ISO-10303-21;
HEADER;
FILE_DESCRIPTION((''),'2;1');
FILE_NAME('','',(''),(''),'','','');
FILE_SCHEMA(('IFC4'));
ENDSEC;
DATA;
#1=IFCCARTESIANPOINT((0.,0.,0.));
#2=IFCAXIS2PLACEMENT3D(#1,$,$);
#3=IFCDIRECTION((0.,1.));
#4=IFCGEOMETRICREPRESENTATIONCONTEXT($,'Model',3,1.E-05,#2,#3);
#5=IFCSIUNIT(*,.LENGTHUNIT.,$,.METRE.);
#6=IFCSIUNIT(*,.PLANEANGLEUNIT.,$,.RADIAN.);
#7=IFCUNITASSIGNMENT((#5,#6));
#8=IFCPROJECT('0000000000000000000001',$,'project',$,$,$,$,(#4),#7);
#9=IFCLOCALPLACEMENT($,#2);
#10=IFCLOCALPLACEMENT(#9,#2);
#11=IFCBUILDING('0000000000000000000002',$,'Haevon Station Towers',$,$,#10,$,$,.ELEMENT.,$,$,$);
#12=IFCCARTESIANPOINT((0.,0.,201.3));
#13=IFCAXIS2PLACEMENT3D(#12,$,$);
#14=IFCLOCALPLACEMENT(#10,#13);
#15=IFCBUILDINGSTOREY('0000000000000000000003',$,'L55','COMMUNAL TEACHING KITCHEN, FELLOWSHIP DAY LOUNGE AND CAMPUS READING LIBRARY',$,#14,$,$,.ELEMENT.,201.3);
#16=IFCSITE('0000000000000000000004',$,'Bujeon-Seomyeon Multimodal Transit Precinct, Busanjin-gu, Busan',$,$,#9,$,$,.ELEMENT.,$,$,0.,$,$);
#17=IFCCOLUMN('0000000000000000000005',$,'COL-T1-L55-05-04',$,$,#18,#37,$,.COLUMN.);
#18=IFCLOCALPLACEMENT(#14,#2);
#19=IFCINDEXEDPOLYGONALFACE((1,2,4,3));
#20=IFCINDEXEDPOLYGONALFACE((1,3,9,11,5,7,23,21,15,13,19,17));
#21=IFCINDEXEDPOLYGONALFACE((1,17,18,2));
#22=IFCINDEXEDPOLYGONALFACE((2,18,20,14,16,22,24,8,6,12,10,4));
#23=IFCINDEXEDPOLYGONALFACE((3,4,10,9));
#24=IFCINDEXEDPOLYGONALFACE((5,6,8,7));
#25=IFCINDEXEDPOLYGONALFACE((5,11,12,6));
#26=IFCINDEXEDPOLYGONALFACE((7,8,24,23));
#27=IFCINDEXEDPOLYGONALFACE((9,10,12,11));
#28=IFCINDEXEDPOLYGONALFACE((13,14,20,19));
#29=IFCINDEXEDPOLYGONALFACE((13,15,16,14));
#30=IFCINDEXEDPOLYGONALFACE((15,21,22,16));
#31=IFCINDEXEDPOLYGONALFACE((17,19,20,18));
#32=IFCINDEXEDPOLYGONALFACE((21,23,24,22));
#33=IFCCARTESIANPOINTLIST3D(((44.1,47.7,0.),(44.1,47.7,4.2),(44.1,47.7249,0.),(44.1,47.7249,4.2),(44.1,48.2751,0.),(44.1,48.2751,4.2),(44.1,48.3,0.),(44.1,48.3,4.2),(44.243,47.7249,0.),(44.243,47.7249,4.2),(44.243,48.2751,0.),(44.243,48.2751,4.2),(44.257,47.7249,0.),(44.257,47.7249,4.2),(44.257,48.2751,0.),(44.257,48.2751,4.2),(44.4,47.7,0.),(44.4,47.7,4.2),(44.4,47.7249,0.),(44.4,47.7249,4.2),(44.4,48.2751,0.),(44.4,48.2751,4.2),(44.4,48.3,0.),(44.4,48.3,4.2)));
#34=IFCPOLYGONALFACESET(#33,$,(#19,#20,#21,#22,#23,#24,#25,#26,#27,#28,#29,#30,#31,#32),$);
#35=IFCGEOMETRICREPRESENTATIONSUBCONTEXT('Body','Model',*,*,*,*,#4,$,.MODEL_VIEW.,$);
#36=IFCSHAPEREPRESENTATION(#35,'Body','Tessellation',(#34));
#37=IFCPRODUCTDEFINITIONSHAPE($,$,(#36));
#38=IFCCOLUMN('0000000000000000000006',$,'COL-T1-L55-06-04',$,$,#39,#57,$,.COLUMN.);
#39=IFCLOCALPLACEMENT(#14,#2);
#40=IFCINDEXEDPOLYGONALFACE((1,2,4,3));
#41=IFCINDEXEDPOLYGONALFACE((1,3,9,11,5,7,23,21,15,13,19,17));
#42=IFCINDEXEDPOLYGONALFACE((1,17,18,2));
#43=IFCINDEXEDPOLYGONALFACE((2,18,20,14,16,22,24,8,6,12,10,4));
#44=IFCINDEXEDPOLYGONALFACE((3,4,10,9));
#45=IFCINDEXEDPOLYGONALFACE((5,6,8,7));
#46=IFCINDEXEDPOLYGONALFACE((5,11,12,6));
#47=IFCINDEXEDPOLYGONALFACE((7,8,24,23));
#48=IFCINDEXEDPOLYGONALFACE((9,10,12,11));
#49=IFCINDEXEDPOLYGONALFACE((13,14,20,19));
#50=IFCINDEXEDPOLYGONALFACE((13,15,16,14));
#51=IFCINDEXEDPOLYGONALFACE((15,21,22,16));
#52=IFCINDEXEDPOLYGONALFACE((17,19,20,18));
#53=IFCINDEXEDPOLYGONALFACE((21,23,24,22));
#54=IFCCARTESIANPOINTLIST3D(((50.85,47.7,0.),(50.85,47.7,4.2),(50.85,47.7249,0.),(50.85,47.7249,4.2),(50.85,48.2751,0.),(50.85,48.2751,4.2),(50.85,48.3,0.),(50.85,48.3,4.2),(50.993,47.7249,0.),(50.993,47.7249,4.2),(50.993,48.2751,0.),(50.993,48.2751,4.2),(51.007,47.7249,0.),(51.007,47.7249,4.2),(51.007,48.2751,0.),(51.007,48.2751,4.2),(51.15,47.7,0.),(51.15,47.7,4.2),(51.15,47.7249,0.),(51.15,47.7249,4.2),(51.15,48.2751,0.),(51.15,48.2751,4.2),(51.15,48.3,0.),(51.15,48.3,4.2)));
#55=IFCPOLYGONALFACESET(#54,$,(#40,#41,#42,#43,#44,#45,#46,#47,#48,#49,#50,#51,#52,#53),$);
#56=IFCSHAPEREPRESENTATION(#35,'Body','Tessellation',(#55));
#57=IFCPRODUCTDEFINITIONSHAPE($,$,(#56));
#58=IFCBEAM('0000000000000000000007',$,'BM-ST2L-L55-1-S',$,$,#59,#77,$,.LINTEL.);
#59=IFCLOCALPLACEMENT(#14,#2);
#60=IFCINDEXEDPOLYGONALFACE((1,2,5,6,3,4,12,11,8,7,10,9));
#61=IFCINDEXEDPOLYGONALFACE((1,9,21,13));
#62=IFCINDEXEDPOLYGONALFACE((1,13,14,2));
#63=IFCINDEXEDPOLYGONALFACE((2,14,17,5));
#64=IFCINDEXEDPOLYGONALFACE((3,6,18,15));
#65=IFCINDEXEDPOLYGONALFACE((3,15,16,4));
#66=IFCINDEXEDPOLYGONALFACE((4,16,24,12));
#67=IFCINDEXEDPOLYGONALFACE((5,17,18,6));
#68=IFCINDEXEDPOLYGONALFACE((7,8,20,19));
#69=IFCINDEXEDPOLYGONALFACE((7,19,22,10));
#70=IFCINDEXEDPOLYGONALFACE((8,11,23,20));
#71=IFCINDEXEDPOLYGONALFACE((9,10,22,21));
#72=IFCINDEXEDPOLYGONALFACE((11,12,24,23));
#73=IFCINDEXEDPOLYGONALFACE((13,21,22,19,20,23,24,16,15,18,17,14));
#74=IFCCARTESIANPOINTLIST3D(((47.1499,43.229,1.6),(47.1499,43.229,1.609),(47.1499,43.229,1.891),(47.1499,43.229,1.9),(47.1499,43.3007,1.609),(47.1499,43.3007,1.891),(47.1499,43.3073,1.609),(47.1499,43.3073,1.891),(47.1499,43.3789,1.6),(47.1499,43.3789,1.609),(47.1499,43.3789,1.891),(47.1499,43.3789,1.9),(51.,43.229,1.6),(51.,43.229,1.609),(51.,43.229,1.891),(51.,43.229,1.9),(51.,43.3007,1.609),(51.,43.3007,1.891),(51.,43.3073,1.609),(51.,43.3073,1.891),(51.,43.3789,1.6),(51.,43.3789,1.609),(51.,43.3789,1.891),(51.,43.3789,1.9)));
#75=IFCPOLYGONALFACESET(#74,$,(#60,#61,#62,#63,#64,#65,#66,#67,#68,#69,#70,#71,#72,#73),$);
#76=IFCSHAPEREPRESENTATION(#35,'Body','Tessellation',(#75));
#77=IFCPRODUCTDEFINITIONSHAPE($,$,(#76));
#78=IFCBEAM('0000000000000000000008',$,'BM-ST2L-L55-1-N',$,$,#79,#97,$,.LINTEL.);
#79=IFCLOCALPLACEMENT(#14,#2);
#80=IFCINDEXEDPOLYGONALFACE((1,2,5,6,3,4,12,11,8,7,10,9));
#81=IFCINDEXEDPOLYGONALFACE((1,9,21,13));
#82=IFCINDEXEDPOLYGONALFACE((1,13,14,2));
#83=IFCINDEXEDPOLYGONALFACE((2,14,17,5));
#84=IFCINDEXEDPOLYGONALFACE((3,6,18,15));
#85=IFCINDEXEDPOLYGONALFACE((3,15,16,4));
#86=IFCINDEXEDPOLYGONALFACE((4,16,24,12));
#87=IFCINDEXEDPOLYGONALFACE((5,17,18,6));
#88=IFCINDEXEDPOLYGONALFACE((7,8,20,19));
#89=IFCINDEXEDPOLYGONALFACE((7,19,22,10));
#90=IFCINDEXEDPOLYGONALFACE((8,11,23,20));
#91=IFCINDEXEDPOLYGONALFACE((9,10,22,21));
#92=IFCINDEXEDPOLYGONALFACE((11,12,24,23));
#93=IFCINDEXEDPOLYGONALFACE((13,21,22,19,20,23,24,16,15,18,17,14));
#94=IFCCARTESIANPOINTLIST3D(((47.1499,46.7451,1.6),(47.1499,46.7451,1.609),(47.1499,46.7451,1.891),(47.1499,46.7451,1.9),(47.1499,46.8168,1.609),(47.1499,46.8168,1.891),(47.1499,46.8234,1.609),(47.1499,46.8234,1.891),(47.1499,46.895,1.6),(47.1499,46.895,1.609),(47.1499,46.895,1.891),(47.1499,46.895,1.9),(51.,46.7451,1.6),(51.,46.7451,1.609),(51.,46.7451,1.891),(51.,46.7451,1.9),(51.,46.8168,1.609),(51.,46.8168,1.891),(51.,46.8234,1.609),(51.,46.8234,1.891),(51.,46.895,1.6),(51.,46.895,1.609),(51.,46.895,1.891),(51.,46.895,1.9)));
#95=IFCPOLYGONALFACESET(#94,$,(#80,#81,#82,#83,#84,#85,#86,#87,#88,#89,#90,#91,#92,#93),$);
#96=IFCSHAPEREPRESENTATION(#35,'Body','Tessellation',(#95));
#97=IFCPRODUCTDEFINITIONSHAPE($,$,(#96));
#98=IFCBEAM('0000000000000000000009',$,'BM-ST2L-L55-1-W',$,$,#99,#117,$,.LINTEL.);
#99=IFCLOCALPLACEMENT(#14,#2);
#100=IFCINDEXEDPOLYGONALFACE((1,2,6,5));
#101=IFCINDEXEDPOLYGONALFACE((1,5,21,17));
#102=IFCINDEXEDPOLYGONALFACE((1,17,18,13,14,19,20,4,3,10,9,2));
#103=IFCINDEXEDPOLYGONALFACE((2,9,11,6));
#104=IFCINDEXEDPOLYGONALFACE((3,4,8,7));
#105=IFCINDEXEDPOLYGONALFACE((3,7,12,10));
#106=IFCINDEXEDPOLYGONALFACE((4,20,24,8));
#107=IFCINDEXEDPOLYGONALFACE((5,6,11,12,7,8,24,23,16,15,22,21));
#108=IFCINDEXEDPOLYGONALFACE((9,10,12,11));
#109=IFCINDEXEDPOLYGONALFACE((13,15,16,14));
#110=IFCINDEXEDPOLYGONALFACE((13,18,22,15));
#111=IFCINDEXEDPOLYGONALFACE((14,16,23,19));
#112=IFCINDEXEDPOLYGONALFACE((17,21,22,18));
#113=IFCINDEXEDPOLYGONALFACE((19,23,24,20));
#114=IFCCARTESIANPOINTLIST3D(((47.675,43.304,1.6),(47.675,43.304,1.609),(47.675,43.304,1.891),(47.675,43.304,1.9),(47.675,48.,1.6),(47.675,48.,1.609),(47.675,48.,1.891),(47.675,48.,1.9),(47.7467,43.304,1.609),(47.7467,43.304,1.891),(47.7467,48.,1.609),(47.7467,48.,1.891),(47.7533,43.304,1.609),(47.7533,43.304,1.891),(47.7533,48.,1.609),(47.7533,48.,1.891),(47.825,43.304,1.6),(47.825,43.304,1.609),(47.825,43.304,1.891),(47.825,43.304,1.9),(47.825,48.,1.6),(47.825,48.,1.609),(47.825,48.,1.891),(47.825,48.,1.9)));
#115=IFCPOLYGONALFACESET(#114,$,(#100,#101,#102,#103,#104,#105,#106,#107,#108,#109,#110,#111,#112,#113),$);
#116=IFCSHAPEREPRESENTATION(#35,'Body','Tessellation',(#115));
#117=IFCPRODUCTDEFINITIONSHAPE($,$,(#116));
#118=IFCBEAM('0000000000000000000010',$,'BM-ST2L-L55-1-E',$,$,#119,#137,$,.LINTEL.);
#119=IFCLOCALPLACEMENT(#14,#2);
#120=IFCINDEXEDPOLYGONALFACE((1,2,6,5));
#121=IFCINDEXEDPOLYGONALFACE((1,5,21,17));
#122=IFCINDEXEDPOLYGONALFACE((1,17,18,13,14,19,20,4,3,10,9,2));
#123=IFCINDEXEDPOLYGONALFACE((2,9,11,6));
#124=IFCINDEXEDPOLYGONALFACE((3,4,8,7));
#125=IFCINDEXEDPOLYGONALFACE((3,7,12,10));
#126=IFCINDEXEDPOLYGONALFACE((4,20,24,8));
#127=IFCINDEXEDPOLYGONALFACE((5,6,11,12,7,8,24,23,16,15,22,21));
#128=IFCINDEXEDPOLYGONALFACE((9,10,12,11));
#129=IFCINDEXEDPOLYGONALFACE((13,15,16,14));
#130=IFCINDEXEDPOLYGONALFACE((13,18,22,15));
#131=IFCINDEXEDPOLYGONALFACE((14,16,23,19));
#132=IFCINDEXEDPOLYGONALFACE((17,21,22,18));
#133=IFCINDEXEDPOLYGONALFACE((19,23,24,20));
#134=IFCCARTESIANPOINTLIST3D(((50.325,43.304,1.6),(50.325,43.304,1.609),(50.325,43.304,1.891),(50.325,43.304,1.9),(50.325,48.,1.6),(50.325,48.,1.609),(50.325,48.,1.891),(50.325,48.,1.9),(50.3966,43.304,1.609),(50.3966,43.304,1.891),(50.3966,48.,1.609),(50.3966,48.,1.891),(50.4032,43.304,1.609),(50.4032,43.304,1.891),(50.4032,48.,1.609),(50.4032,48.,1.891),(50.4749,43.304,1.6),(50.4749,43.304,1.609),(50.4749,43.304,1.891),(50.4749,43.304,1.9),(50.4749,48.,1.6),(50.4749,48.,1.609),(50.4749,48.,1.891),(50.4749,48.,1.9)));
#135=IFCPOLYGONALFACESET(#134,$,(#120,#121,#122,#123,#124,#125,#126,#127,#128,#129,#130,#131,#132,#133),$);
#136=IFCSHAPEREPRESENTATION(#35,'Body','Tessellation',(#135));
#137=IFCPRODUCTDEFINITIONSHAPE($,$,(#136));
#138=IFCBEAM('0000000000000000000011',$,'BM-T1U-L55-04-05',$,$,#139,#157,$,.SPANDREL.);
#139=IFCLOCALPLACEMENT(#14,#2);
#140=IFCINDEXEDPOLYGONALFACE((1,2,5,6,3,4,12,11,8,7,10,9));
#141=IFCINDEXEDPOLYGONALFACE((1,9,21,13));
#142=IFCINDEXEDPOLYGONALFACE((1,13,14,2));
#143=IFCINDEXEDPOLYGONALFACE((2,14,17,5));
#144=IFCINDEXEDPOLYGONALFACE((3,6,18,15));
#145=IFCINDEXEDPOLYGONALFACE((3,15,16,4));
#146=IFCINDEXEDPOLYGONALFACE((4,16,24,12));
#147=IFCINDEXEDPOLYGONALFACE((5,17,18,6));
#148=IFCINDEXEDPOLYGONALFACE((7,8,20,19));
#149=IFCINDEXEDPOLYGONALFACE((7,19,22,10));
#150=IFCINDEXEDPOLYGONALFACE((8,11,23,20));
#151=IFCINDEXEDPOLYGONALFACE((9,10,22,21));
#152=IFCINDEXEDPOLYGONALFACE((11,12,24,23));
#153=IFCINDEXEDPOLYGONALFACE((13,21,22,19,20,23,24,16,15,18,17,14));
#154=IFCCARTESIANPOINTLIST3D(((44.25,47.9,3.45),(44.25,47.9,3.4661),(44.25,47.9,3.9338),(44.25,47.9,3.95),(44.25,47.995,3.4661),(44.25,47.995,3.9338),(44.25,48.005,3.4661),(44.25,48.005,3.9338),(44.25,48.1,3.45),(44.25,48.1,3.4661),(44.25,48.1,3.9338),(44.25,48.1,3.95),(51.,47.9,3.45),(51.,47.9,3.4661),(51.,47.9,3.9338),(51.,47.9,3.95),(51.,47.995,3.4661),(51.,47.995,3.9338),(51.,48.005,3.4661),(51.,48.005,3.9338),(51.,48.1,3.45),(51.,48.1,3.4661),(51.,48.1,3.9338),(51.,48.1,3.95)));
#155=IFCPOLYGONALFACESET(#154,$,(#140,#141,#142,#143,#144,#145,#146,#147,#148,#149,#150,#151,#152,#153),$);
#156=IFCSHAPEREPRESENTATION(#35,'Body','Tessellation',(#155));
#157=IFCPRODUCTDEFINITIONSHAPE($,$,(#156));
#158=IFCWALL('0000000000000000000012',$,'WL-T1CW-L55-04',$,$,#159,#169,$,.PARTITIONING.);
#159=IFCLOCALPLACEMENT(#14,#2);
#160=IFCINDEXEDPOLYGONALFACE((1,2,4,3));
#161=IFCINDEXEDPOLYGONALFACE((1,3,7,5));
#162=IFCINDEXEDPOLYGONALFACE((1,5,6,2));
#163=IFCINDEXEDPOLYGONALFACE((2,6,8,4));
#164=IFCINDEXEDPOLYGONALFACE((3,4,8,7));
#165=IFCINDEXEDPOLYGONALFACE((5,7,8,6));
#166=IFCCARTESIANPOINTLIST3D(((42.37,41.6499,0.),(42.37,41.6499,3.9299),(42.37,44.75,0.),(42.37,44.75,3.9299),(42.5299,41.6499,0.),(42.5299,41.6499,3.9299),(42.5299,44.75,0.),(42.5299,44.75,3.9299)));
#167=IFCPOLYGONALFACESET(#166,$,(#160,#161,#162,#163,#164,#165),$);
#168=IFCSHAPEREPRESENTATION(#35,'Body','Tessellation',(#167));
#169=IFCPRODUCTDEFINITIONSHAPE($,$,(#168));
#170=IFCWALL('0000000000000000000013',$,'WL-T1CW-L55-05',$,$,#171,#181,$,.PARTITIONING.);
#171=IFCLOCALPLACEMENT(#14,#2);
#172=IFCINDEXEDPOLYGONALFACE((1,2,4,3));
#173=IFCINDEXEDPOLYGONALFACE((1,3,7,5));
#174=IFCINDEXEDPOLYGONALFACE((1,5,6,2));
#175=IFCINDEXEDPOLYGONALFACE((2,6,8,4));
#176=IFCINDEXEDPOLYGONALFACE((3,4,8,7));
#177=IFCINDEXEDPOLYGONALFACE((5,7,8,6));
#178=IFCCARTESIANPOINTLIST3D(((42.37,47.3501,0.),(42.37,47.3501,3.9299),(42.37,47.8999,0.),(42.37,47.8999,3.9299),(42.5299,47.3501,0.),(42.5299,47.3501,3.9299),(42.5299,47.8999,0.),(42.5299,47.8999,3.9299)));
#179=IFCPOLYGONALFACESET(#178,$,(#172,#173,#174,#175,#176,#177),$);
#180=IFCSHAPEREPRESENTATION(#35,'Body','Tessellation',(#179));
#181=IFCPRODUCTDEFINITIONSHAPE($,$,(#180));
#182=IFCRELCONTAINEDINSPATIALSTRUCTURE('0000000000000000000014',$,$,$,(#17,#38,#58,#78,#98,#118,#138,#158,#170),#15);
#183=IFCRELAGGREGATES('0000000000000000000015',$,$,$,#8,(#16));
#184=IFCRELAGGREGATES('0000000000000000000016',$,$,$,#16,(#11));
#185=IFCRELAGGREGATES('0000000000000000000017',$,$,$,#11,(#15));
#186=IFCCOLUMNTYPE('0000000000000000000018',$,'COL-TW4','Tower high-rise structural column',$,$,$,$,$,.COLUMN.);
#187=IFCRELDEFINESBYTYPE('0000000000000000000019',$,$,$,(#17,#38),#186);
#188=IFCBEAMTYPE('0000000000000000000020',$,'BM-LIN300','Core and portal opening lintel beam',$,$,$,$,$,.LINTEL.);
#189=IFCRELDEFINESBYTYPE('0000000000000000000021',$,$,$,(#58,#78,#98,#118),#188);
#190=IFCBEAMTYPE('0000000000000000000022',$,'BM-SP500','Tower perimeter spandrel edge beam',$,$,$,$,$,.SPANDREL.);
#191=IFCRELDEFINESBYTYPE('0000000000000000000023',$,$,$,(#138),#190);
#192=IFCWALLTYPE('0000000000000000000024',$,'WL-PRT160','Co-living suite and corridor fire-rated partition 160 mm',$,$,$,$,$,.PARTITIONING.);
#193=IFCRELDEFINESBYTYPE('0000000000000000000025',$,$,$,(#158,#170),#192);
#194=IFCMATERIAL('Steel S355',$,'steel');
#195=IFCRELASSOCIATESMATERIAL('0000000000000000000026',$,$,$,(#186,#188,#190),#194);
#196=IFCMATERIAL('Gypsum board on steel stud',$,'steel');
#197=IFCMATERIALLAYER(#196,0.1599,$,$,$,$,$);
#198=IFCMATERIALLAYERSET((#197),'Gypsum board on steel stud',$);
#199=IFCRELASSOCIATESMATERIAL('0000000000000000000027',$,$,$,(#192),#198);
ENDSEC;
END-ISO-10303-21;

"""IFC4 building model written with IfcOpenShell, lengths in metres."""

from ifc_helpers import new_model, si_unit, direction, frame, frame_2d, origin, origin_2d, place, context, subcontext, project, spatial, rectangle, i_section, extrude, material, layer, layer_set, material_profile, profile_set, type_object, element, save


model = new_model("IFC4")

# Units and contexts
model_context = context("Model", 3, precision=1e-05, world=origin(), true_north=direction((0.0, 1.0)))
body_context = subcontext(model_context, "Body", "Model", "MODEL_VIEW")
ifc_project = project(units=[si_unit("LENGTHUNIT", "METRE"), si_unit("PLANEANGLEUNIT", "RADIAN")], contexts=[model_context])

# Site, building, storey
site_placement = place(None, origin())
site = spatial("IfcSite", under=ifc_project, at=site_placement, Name="Bujeon-Seomyeon Multimodal Transit Precinct, Busanjin-gu, Busan", CompositionType="ELEMENT", RefElevation=0.0)
building_placement = place(site_placement, origin())
building = spatial("IfcBuilding", under=site, at=building_placement, Name="Haevon Station Towers", CompositionType="ELEMENT")
storey_placement = place(building_placement, frame((0.0, 0.0, 201.3)))
storey = spatial("IfcBuildingStorey", under=building, at=storey_placement, Name="L55", Description="COMMUNAL TEACHING KITCHEN, FELLOWSHIP DAY LOUNGE AND CAMPUS READING LIBRARY", CompositionType="ELEMENT", Elevation=201.3)

# Columns
ifc_material_1 = material(Name="Steel S355", Category="steel")
ifc_material_profile_1 = material_profile(ifc_material_1, i_section(OverallWidth=0.3, OverallDepth=0.6001, WebThickness=0.0139, FlangeThickness=0.0249, at=origin_2d()), Name="H-600x300x14x25")
ifc_profile_set_1 = profile_set([ifc_material_profile_1], Name="Steel S355")
column_type = type_object("IfcColumnType", Name="COL-TW4", Description="Tower high-rise structural column", PredefinedType="COLUMN", material=ifc_profile_set_1)
for number, where, z_axis, x_axis, name in (
    (1, (44.25, 48.0, 0.0), (0.0, 0.0, 1.0), (1.0, 0.0, 0.0), "COL-T1-L55-05-04"),
    (2, (51.0, 48.0, 0.0), (0.0, 0.0, 1.0), (1.0, 0.0, 0.0), "COL-T1-L55-06-04"),
):
    element("IfcColumn", number, at=place(storey_placement, frame(where, z_axis=z_axis, x_axis=x_axis)), inside=storey, type_object=column_type, Name=name, PredefinedType="COLUMN", context=body_context, shape_type="SweptSolid", body=[
        extrude(i_section(OverallWidth=0.3, OverallDepth=0.6001, WebThickness=0.0139, FlangeThickness=0.0249, at=origin_2d()), origin(), (0.0, 0.0, 1.0), 4.2),
    ])

# Beams
ifc_material_profile_2 = material_profile(ifc_material_1, i_section(OverallWidth=0.1499, OverallDepth=0.3, WebThickness=0.0066, FlangeThickness=0.009, at=origin_2d()), Name="H-300x150x6.5x9")
ifc_profile_set_2 = profile_set([ifc_material_profile_2], Name="Steel S355")
beam_type_1 = type_object("IfcBeamType", Name="BM-LIN300", Description="Core and portal opening lintel beam", PredefinedType="LINTEL", material=ifc_profile_set_2)
for number, where, z_axis, x_axis, name in (
    (3, (47.1499, 43.304, 1.75), (1.0, 0.0, 0.0), (0.0, 1.0, 0.0), "BM-ST2L-L55-1-S"),
    (4, (47.1499, 46.8201, 1.75), (1.0, 0.0, 0.0), (0.0, 1.0, 0.0), "BM-ST2L-L55-1-N"),
):
    element("IfcBeam", number, at=place(storey_placement, frame(where, z_axis=z_axis, x_axis=x_axis)), inside=storey, type_object=beam_type_1, Name=name, PredefinedType="LINTEL", context=body_context, shape_type="SweptSolid", body=[
        extrude(i_section(OverallWidth=0.1499, OverallDepth=0.3, WebThickness=0.0066, FlangeThickness=0.009, at=origin_2d()), origin(), (0.0, 0.0, 1.0), 3.8501),
    ])
for number, where, z_axis, x_axis, name in (
    (5, (47.75, 43.304, 1.75), (0.0, 1.0, 0.0), (-1.0, 0.0, 0.0), "BM-ST2L-L55-1-W"),
    (6, (50.3999, 43.304, 1.75), (0.0, 1.0, 0.0), (-1.0, 0.0, 0.0), "BM-ST2L-L55-1-E"),
):
    element("IfcBeam", number, at=place(storey_placement, frame(where, z_axis=z_axis, x_axis=x_axis)), inside=storey, type_object=beam_type_1, Name=name, PredefinedType="LINTEL", context=body_context, shape_type="SweptSolid", body=[
        extrude(i_section(OverallWidth=0.1499, OverallDepth=0.3, WebThickness=0.0066, FlangeThickness=0.009, at=origin_2d()), origin(), (0.0, 0.0, 1.0), 4.696),
    ])
ifc_material_profile_3 = material_profile(ifc_material_1, i_section(OverallWidth=0.2, OverallDepth=0.5, WebThickness=0.01, FlangeThickness=0.0161, at=origin_2d()), Name="H-500x200x10x16")
ifc_profile_set_3 = profile_set([ifc_material_profile_3], Name="Steel S355")
beam_type_2 = type_object("IfcBeamType", Name="BM-SP500", Description="Tower perimeter spandrel edge beam", PredefinedType="SPANDREL", material=ifc_profile_set_3)
beam_placement = place(storey_placement, frame((44.25, 48.0, 3.7), z_axis=(1.0, 0.0, 0.0), x_axis=(0.0, 1.0, 0.0)))
element("IfcBeam", 7, at=beam_placement, inside=storey, type_object=beam_type_2, Name="BM-T1U-L55-04-05", PredefinedType="SPANDREL", context=body_context, shape_type="SweptSolid", body=[
    extrude(i_section(OverallWidth=0.2, OverallDepth=0.5, WebThickness=0.01, FlangeThickness=0.0161, at=origin_2d()), origin(), (0.0, 0.0, 1.0), 6.75),
])

# Walls
ifc_material_2 = material(Name="Gypsum board on steel stud", Category="steel")
ifc_layer_1 = layer(ifc_material_2, 0.1599)
ifc_layer_set_1 = layer_set([ifc_layer_1], Name="Gypsum board on steel stud")
wall_type_1 = type_object("IfcWallType", Name="WL-PRT160", Description="Co-living suite and corridor fire-rated partition 160 mm", PredefinedType="PARTITIONING", material=ifc_layer_set_1)
wall_1_placement = place(storey_placement, frame((42.45, 41.6499, 0.0), z_axis=(0.0, 0.0, 1.0), x_axis=(0.0, 1.0, 0.0)))
element("IfcWall", 8, at=wall_1_placement, inside=storey, type_object=wall_type_1, Name="WL-T1CW-L55-04", PredefinedType="PARTITIONING", context=body_context, shape_type="SweptSolid", body=[
    extrude(rectangle(XDim=3.1001, YDim=0.1599, at=frame_2d((1.55, 0.0))), origin(), (0.0, 0.0, 1.0), 3.9299),
])
wall_2_placement = place(storey_placement, frame((42.45, 47.3501, 0.0), z_axis=(0.0, 0.0, 1.0), x_axis=(0.0, 1.0, 0.0)))
element("IfcWall", 9, at=wall_2_placement, inside=storey, type_object=wall_type_1, Name="WL-T1CW-L55-05", PredefinedType="PARTITIONING", context=body_context, shape_type="SweptSolid", body=[
    extrude(rectangle(XDim=0.5498, YDim=0.1599, at=frame_2d((0.2749, 0.0))), origin(), (0.0, 0.0, 1.0), 3.9299),
])

save(model, "model.ifc")
